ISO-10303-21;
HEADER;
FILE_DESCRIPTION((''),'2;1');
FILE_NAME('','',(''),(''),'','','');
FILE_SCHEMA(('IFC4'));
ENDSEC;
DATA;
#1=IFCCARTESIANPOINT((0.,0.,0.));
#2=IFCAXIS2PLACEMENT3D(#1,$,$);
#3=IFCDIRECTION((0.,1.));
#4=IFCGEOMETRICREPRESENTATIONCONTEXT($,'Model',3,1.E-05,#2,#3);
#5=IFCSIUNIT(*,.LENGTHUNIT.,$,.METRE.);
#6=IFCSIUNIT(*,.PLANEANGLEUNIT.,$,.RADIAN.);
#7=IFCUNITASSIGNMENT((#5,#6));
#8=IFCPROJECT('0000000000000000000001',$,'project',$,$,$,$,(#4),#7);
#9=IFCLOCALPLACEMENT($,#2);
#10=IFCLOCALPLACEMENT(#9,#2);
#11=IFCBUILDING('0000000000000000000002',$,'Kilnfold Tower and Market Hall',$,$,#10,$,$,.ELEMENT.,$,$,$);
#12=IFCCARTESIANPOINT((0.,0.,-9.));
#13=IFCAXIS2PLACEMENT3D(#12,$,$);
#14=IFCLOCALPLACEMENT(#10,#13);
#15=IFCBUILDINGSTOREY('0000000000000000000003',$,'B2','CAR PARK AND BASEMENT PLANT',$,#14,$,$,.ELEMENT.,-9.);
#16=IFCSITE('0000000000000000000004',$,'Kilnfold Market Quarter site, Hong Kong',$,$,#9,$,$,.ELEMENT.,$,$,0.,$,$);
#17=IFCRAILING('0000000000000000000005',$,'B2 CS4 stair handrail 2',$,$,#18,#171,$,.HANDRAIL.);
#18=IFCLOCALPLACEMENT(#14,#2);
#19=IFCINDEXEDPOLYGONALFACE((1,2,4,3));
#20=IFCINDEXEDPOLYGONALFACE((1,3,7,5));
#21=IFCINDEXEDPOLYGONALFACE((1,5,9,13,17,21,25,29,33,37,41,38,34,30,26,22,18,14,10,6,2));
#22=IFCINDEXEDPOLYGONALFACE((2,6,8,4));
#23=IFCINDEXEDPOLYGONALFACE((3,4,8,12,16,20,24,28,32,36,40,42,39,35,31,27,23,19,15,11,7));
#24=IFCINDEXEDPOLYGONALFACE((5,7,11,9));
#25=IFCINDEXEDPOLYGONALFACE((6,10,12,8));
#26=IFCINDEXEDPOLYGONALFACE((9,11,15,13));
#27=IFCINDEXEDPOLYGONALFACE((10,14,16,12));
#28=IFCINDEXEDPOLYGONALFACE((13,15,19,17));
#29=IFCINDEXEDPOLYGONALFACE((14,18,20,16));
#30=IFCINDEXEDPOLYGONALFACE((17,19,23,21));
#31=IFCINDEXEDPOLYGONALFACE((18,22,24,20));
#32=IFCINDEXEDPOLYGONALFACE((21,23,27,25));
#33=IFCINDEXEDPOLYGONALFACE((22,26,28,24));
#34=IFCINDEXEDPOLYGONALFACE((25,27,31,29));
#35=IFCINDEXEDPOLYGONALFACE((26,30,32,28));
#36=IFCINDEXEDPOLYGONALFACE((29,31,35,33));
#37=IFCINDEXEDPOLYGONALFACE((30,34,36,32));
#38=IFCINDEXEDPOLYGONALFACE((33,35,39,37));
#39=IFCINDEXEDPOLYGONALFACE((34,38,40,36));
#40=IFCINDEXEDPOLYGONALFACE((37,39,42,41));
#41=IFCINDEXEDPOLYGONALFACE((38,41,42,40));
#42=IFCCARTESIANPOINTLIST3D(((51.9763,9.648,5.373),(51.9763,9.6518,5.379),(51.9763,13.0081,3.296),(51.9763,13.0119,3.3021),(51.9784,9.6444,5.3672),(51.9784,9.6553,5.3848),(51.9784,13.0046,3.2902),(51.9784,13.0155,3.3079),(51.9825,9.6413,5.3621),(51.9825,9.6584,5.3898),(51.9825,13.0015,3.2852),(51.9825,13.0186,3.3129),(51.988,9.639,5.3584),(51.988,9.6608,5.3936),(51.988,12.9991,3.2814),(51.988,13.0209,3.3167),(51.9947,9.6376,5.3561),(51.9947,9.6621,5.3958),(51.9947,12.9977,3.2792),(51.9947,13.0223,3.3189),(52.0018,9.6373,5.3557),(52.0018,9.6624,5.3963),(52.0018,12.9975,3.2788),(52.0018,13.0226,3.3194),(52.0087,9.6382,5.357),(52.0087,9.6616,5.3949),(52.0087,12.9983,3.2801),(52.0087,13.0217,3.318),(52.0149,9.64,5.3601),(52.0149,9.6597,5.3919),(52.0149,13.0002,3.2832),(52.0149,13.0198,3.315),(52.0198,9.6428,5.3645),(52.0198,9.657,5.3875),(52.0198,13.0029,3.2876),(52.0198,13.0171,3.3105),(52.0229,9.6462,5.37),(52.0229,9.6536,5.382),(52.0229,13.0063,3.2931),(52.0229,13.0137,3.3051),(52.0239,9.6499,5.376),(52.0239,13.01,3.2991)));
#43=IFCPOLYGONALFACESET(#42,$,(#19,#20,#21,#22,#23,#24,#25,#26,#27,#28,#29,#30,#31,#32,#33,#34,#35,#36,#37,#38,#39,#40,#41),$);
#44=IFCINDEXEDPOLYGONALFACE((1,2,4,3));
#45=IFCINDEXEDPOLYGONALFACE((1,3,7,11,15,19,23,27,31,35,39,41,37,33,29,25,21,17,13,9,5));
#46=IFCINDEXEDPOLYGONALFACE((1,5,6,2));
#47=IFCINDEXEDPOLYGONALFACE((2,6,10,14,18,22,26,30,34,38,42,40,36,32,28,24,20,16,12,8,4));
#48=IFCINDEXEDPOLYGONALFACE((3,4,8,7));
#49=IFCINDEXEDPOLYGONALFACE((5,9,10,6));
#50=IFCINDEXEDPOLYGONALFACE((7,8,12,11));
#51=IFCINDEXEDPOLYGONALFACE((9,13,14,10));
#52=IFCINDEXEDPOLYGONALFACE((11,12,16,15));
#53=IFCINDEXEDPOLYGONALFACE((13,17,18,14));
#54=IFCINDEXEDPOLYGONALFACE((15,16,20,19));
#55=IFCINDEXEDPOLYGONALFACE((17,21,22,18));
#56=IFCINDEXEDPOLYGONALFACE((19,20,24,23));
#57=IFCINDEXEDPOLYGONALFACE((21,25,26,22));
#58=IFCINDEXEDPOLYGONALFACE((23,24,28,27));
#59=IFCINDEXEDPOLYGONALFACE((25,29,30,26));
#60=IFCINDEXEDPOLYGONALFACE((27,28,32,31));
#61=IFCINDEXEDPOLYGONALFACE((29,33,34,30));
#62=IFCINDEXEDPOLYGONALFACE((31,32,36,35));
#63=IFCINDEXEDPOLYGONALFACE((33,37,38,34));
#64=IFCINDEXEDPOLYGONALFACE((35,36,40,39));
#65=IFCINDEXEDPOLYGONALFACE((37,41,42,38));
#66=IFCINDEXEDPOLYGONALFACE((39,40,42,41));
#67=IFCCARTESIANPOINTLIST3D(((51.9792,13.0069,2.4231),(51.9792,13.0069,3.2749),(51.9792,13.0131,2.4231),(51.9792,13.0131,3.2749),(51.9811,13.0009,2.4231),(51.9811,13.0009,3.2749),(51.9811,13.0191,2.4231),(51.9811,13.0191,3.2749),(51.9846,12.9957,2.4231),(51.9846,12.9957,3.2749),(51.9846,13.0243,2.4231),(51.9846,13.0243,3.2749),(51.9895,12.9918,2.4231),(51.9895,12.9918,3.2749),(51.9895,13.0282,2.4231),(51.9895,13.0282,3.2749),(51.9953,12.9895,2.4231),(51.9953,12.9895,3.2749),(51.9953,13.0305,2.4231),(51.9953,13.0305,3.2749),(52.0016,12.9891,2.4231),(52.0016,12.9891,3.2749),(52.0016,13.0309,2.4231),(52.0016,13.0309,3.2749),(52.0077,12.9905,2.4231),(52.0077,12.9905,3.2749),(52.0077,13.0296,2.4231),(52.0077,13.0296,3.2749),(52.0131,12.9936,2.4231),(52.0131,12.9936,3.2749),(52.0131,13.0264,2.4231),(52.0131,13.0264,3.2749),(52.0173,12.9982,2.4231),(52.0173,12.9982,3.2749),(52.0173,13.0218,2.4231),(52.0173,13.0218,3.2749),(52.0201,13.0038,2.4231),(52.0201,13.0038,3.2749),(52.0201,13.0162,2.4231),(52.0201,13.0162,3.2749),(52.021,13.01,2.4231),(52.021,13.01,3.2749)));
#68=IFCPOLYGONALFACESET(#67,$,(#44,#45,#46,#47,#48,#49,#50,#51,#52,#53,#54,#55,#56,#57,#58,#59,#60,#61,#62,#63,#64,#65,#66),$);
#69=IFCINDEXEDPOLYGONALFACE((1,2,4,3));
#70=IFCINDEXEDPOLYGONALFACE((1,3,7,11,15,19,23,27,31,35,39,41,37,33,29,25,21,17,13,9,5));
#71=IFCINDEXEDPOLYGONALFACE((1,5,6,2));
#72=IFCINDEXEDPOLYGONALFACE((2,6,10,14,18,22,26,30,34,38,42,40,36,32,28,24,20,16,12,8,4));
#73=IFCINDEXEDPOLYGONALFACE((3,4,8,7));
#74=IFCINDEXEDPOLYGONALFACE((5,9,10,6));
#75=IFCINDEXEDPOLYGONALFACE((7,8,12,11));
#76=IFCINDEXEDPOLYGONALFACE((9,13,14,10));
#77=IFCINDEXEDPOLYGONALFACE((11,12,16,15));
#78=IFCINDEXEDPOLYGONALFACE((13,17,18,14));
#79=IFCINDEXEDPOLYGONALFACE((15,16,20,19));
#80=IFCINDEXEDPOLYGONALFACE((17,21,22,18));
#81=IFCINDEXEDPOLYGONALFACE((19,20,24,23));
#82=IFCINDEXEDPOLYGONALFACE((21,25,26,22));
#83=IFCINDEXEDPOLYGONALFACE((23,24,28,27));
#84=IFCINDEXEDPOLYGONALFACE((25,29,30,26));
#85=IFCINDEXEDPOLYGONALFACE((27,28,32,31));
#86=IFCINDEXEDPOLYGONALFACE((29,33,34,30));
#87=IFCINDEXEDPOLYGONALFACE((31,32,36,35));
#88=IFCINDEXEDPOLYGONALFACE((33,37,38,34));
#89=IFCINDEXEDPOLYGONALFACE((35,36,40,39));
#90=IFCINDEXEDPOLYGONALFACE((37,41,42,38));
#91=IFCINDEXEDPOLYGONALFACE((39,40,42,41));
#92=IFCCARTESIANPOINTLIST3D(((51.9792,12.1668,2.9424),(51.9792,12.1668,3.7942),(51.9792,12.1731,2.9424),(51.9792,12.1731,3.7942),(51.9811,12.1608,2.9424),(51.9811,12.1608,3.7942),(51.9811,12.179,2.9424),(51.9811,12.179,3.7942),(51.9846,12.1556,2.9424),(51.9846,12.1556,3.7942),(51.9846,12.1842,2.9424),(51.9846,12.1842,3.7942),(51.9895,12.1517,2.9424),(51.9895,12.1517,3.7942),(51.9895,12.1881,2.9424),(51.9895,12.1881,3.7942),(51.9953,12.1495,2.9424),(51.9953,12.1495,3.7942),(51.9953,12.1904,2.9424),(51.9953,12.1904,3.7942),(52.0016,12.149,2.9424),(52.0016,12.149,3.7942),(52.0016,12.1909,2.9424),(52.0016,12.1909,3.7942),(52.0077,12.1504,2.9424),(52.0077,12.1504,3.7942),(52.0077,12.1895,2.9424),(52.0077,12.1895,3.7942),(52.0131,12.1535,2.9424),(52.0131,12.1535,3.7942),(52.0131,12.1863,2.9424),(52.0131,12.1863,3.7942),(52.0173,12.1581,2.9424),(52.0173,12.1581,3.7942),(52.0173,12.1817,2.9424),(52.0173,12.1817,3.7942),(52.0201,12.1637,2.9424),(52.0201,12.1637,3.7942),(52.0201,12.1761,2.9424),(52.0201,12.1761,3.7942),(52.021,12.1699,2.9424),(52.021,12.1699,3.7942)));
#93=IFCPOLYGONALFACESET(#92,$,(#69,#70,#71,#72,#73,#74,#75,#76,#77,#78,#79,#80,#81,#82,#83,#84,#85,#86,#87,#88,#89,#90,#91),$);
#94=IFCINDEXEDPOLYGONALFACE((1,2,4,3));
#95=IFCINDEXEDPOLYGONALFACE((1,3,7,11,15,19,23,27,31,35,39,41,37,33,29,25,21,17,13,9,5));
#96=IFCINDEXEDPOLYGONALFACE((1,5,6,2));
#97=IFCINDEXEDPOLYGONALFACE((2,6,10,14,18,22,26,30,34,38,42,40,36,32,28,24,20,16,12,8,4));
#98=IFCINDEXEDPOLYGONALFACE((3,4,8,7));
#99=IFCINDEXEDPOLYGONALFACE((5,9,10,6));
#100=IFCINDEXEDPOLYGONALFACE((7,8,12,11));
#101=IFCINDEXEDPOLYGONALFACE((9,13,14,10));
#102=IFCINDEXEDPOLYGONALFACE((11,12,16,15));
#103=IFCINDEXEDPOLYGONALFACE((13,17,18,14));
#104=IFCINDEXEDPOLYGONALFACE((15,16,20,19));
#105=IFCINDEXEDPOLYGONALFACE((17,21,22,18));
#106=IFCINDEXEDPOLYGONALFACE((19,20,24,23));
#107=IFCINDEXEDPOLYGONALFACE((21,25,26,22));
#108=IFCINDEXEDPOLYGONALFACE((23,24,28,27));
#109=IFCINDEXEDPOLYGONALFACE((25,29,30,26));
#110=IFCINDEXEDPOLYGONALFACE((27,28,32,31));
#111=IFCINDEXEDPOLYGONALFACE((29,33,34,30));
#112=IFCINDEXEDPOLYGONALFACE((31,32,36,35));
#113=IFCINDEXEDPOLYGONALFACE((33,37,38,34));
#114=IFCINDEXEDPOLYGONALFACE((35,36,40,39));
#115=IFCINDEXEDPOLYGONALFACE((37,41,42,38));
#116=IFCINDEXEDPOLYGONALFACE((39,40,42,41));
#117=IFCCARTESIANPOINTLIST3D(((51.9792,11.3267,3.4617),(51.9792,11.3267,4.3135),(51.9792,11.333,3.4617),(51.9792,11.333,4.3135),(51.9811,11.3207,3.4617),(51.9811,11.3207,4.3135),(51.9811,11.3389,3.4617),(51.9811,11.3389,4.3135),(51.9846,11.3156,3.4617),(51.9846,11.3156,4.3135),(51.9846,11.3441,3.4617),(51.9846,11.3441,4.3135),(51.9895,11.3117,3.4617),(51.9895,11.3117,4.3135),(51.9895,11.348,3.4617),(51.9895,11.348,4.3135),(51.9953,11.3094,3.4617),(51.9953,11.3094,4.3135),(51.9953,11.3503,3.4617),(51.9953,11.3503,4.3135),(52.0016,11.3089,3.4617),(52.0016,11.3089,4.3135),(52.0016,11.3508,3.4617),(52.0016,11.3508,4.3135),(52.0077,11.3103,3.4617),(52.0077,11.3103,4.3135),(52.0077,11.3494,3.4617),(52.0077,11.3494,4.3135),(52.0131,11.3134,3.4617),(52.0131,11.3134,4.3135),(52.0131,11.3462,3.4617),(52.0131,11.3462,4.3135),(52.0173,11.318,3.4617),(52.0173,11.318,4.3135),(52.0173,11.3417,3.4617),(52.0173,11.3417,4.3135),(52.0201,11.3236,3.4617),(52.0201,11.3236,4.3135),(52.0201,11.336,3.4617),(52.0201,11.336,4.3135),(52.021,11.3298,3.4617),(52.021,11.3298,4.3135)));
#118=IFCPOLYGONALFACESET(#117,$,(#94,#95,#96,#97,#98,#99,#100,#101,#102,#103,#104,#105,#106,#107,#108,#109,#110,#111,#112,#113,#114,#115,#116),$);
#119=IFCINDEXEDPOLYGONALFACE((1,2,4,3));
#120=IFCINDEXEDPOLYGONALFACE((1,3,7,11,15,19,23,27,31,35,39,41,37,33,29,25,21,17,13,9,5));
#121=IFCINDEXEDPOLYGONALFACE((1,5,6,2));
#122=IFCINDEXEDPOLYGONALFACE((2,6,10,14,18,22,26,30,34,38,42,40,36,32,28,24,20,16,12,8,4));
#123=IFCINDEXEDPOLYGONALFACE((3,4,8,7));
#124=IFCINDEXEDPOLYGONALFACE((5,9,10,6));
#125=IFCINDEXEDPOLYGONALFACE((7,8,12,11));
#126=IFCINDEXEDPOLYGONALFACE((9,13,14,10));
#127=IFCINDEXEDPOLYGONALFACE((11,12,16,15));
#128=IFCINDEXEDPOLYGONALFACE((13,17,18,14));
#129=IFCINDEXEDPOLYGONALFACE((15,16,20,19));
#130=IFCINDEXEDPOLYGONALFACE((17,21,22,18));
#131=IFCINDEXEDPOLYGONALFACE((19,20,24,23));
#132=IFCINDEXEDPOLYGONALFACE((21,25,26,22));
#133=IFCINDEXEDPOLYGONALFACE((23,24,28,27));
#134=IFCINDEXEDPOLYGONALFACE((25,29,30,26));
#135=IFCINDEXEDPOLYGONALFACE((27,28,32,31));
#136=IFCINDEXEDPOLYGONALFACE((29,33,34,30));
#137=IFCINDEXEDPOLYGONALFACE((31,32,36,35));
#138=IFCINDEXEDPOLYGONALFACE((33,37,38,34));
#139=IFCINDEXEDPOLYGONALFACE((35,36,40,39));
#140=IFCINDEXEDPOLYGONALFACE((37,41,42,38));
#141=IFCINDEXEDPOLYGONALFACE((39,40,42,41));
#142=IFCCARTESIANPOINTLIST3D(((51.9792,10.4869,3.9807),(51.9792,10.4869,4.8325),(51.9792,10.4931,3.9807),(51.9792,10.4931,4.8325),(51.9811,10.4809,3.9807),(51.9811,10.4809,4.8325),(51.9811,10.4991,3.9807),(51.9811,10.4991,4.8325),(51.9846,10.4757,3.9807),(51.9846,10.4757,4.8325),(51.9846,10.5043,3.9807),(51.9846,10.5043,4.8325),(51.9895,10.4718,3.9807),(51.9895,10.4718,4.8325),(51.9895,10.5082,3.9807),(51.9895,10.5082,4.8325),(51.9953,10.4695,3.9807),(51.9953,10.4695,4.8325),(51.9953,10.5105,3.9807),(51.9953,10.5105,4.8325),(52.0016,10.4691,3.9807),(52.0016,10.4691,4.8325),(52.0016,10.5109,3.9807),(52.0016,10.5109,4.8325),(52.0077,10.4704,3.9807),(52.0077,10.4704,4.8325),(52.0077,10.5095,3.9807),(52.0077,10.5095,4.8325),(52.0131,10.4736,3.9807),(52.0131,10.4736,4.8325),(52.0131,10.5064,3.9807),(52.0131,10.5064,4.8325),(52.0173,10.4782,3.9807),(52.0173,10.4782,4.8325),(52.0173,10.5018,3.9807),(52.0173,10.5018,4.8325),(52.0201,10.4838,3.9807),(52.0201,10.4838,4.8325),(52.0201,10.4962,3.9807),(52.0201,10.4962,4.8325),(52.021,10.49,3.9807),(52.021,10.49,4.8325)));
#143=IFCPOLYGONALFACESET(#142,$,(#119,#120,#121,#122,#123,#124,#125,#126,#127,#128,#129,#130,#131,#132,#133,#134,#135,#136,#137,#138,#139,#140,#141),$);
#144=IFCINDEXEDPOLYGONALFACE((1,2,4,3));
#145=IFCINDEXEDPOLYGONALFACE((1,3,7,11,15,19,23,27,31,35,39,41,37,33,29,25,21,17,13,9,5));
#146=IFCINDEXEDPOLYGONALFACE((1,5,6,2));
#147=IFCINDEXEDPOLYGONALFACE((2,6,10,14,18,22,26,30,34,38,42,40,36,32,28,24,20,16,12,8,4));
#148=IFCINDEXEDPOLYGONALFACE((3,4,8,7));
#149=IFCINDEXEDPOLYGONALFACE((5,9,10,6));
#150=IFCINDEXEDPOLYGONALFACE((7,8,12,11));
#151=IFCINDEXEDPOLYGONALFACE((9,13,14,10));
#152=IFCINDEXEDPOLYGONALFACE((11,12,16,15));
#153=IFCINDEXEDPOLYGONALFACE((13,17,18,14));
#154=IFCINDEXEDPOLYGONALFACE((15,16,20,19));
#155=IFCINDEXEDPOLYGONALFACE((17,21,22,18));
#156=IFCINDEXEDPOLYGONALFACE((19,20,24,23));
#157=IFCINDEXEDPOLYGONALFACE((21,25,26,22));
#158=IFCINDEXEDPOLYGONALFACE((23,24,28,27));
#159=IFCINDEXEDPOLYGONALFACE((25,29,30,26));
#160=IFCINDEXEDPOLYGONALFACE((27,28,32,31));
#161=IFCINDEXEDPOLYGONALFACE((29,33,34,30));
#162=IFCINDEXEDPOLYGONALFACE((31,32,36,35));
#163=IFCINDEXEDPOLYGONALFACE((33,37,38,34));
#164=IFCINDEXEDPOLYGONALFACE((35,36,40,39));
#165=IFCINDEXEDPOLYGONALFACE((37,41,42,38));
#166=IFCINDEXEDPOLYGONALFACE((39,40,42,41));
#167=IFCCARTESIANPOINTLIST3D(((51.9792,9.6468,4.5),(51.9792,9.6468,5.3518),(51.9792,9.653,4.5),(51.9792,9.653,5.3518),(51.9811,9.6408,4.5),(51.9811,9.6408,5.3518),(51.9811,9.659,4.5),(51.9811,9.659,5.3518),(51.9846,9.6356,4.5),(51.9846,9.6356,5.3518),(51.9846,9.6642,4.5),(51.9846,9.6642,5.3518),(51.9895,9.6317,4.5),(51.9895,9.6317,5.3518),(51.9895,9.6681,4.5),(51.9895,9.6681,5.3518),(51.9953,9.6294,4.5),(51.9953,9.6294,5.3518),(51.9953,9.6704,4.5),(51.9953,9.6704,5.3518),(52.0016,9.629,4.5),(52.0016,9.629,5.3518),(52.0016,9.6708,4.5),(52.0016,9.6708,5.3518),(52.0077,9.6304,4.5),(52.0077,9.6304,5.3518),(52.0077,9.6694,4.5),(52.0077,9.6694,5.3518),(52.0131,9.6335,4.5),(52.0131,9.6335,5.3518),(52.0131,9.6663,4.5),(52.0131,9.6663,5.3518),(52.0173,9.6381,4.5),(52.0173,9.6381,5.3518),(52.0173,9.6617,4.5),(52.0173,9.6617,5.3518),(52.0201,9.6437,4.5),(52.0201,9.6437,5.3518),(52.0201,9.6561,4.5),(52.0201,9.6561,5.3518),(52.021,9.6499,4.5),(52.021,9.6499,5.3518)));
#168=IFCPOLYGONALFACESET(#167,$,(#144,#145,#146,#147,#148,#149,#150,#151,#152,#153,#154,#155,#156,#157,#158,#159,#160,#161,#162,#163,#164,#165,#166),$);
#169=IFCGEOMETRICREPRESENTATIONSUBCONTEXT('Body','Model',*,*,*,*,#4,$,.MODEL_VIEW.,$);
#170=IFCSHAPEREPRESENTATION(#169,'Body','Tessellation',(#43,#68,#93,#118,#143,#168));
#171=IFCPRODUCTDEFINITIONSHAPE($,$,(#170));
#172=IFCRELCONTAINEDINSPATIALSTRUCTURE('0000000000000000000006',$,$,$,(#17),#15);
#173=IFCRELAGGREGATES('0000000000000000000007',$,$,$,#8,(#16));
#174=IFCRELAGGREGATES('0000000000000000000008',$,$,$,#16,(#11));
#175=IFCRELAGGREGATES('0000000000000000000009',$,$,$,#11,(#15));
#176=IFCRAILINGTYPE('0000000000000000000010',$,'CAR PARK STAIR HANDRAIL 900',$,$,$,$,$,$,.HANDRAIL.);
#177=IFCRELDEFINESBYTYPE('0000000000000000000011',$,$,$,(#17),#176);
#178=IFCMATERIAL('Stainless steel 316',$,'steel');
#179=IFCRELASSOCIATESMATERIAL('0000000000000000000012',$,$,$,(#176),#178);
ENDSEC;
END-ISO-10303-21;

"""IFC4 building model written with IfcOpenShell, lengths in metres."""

from ifc_helpers import new_model, si_unit, direction, frame, origin, origin_2d, place, context, subcontext, project, spatial, circle, extrude, material, type_object, element, save


model = new_model("IFC4")

# Units and contexts
model_context = context("Model", 3, precision=1e-05, world=origin(), true_north=direction((0.0, 1.0)))
body_context = subcontext(model_context, "Body", "Model", "MODEL_VIEW")
ifc_project = project(units=[si_unit("LENGTHUNIT", "METRE"), si_unit("PLANEANGLEUNIT", "RADIAN")], contexts=[model_context])

# Site, building, storey
site_placement = place(None, origin())
site = spatial("IfcSite", under=ifc_project, at=site_placement, Name="Kilnfold Market Quarter site, Hong Kong", CompositionType="ELEMENT", RefElevation=0.0)
building_placement = place(site_placement, origin())
building = spatial("IfcBuilding", under=site, at=building_placement, Name="Kilnfold Tower and Market Hall", CompositionType="ELEMENT")
storey_placement = place(building_placement, frame((0.0, 0.0, -9.0)))
storey = spatial("IfcBuildingStorey", under=building, at=storey_placement, Name="B2", Description="CAR PARK AND BASEMENT PLANT", CompositionType="ELEMENT", Elevation=-9.0)

# Railing
ifc_material_1 = material(Name="Stainless steel 316", Category="steel")
railing_type_1 = type_object("IfcRailingType", Name="CAR PARK STAIR HANDRAIL 900", PredefinedType="HANDRAIL", material=ifc_material_1)
railing_1_placement = place(storey_placement, frame((52.0, 13.01, 2.4231)))
element("IfcRailing", 1, at=railing_1_placement, inside=storey, type_object=railing_type_1, Name="B2 CS4 stair handrail 2", PredefinedType="HANDRAIL", context=body_context, shape_type="SweptSolid", body=[
    extrude(circle(Radius=0.0239, at=origin_2d()), frame((0.0, 0.0, 0.876), z_axis=(0.0, -0.850623, 0.525776), x_axis=(1.0, 0.0, 0.0)), (0.0, 0.0, 1.0), 3.9502),
    extrude(circle(Radius=0.021, at=origin_2d()), origin(), (0.0, 0.0, 1.0), 0.8518),
    extrude(circle(Radius=0.021, at=origin_2d()), frame((0.0, -0.8401, 0.5193)), (0.0, 0.0, 1.0), 0.8518),
    extrude(circle(Radius=0.021, at=origin_2d()), frame((0.0, -1.6802, 1.0386)), (0.0, 0.0, 1.0), 0.8518),
    extrude(circle(Radius=0.021, at=origin_2d()), frame((0.0, -2.52, 1.5576)), (0.0, 0.0, 1.0), 0.8518),
    extrude(circle(Radius=0.021, at=origin_2d()), frame((0.0, -3.3601, 2.0769)), (0.0, 0.0, 1.0), 0.8518),
])

save(model, "model.ifc")
